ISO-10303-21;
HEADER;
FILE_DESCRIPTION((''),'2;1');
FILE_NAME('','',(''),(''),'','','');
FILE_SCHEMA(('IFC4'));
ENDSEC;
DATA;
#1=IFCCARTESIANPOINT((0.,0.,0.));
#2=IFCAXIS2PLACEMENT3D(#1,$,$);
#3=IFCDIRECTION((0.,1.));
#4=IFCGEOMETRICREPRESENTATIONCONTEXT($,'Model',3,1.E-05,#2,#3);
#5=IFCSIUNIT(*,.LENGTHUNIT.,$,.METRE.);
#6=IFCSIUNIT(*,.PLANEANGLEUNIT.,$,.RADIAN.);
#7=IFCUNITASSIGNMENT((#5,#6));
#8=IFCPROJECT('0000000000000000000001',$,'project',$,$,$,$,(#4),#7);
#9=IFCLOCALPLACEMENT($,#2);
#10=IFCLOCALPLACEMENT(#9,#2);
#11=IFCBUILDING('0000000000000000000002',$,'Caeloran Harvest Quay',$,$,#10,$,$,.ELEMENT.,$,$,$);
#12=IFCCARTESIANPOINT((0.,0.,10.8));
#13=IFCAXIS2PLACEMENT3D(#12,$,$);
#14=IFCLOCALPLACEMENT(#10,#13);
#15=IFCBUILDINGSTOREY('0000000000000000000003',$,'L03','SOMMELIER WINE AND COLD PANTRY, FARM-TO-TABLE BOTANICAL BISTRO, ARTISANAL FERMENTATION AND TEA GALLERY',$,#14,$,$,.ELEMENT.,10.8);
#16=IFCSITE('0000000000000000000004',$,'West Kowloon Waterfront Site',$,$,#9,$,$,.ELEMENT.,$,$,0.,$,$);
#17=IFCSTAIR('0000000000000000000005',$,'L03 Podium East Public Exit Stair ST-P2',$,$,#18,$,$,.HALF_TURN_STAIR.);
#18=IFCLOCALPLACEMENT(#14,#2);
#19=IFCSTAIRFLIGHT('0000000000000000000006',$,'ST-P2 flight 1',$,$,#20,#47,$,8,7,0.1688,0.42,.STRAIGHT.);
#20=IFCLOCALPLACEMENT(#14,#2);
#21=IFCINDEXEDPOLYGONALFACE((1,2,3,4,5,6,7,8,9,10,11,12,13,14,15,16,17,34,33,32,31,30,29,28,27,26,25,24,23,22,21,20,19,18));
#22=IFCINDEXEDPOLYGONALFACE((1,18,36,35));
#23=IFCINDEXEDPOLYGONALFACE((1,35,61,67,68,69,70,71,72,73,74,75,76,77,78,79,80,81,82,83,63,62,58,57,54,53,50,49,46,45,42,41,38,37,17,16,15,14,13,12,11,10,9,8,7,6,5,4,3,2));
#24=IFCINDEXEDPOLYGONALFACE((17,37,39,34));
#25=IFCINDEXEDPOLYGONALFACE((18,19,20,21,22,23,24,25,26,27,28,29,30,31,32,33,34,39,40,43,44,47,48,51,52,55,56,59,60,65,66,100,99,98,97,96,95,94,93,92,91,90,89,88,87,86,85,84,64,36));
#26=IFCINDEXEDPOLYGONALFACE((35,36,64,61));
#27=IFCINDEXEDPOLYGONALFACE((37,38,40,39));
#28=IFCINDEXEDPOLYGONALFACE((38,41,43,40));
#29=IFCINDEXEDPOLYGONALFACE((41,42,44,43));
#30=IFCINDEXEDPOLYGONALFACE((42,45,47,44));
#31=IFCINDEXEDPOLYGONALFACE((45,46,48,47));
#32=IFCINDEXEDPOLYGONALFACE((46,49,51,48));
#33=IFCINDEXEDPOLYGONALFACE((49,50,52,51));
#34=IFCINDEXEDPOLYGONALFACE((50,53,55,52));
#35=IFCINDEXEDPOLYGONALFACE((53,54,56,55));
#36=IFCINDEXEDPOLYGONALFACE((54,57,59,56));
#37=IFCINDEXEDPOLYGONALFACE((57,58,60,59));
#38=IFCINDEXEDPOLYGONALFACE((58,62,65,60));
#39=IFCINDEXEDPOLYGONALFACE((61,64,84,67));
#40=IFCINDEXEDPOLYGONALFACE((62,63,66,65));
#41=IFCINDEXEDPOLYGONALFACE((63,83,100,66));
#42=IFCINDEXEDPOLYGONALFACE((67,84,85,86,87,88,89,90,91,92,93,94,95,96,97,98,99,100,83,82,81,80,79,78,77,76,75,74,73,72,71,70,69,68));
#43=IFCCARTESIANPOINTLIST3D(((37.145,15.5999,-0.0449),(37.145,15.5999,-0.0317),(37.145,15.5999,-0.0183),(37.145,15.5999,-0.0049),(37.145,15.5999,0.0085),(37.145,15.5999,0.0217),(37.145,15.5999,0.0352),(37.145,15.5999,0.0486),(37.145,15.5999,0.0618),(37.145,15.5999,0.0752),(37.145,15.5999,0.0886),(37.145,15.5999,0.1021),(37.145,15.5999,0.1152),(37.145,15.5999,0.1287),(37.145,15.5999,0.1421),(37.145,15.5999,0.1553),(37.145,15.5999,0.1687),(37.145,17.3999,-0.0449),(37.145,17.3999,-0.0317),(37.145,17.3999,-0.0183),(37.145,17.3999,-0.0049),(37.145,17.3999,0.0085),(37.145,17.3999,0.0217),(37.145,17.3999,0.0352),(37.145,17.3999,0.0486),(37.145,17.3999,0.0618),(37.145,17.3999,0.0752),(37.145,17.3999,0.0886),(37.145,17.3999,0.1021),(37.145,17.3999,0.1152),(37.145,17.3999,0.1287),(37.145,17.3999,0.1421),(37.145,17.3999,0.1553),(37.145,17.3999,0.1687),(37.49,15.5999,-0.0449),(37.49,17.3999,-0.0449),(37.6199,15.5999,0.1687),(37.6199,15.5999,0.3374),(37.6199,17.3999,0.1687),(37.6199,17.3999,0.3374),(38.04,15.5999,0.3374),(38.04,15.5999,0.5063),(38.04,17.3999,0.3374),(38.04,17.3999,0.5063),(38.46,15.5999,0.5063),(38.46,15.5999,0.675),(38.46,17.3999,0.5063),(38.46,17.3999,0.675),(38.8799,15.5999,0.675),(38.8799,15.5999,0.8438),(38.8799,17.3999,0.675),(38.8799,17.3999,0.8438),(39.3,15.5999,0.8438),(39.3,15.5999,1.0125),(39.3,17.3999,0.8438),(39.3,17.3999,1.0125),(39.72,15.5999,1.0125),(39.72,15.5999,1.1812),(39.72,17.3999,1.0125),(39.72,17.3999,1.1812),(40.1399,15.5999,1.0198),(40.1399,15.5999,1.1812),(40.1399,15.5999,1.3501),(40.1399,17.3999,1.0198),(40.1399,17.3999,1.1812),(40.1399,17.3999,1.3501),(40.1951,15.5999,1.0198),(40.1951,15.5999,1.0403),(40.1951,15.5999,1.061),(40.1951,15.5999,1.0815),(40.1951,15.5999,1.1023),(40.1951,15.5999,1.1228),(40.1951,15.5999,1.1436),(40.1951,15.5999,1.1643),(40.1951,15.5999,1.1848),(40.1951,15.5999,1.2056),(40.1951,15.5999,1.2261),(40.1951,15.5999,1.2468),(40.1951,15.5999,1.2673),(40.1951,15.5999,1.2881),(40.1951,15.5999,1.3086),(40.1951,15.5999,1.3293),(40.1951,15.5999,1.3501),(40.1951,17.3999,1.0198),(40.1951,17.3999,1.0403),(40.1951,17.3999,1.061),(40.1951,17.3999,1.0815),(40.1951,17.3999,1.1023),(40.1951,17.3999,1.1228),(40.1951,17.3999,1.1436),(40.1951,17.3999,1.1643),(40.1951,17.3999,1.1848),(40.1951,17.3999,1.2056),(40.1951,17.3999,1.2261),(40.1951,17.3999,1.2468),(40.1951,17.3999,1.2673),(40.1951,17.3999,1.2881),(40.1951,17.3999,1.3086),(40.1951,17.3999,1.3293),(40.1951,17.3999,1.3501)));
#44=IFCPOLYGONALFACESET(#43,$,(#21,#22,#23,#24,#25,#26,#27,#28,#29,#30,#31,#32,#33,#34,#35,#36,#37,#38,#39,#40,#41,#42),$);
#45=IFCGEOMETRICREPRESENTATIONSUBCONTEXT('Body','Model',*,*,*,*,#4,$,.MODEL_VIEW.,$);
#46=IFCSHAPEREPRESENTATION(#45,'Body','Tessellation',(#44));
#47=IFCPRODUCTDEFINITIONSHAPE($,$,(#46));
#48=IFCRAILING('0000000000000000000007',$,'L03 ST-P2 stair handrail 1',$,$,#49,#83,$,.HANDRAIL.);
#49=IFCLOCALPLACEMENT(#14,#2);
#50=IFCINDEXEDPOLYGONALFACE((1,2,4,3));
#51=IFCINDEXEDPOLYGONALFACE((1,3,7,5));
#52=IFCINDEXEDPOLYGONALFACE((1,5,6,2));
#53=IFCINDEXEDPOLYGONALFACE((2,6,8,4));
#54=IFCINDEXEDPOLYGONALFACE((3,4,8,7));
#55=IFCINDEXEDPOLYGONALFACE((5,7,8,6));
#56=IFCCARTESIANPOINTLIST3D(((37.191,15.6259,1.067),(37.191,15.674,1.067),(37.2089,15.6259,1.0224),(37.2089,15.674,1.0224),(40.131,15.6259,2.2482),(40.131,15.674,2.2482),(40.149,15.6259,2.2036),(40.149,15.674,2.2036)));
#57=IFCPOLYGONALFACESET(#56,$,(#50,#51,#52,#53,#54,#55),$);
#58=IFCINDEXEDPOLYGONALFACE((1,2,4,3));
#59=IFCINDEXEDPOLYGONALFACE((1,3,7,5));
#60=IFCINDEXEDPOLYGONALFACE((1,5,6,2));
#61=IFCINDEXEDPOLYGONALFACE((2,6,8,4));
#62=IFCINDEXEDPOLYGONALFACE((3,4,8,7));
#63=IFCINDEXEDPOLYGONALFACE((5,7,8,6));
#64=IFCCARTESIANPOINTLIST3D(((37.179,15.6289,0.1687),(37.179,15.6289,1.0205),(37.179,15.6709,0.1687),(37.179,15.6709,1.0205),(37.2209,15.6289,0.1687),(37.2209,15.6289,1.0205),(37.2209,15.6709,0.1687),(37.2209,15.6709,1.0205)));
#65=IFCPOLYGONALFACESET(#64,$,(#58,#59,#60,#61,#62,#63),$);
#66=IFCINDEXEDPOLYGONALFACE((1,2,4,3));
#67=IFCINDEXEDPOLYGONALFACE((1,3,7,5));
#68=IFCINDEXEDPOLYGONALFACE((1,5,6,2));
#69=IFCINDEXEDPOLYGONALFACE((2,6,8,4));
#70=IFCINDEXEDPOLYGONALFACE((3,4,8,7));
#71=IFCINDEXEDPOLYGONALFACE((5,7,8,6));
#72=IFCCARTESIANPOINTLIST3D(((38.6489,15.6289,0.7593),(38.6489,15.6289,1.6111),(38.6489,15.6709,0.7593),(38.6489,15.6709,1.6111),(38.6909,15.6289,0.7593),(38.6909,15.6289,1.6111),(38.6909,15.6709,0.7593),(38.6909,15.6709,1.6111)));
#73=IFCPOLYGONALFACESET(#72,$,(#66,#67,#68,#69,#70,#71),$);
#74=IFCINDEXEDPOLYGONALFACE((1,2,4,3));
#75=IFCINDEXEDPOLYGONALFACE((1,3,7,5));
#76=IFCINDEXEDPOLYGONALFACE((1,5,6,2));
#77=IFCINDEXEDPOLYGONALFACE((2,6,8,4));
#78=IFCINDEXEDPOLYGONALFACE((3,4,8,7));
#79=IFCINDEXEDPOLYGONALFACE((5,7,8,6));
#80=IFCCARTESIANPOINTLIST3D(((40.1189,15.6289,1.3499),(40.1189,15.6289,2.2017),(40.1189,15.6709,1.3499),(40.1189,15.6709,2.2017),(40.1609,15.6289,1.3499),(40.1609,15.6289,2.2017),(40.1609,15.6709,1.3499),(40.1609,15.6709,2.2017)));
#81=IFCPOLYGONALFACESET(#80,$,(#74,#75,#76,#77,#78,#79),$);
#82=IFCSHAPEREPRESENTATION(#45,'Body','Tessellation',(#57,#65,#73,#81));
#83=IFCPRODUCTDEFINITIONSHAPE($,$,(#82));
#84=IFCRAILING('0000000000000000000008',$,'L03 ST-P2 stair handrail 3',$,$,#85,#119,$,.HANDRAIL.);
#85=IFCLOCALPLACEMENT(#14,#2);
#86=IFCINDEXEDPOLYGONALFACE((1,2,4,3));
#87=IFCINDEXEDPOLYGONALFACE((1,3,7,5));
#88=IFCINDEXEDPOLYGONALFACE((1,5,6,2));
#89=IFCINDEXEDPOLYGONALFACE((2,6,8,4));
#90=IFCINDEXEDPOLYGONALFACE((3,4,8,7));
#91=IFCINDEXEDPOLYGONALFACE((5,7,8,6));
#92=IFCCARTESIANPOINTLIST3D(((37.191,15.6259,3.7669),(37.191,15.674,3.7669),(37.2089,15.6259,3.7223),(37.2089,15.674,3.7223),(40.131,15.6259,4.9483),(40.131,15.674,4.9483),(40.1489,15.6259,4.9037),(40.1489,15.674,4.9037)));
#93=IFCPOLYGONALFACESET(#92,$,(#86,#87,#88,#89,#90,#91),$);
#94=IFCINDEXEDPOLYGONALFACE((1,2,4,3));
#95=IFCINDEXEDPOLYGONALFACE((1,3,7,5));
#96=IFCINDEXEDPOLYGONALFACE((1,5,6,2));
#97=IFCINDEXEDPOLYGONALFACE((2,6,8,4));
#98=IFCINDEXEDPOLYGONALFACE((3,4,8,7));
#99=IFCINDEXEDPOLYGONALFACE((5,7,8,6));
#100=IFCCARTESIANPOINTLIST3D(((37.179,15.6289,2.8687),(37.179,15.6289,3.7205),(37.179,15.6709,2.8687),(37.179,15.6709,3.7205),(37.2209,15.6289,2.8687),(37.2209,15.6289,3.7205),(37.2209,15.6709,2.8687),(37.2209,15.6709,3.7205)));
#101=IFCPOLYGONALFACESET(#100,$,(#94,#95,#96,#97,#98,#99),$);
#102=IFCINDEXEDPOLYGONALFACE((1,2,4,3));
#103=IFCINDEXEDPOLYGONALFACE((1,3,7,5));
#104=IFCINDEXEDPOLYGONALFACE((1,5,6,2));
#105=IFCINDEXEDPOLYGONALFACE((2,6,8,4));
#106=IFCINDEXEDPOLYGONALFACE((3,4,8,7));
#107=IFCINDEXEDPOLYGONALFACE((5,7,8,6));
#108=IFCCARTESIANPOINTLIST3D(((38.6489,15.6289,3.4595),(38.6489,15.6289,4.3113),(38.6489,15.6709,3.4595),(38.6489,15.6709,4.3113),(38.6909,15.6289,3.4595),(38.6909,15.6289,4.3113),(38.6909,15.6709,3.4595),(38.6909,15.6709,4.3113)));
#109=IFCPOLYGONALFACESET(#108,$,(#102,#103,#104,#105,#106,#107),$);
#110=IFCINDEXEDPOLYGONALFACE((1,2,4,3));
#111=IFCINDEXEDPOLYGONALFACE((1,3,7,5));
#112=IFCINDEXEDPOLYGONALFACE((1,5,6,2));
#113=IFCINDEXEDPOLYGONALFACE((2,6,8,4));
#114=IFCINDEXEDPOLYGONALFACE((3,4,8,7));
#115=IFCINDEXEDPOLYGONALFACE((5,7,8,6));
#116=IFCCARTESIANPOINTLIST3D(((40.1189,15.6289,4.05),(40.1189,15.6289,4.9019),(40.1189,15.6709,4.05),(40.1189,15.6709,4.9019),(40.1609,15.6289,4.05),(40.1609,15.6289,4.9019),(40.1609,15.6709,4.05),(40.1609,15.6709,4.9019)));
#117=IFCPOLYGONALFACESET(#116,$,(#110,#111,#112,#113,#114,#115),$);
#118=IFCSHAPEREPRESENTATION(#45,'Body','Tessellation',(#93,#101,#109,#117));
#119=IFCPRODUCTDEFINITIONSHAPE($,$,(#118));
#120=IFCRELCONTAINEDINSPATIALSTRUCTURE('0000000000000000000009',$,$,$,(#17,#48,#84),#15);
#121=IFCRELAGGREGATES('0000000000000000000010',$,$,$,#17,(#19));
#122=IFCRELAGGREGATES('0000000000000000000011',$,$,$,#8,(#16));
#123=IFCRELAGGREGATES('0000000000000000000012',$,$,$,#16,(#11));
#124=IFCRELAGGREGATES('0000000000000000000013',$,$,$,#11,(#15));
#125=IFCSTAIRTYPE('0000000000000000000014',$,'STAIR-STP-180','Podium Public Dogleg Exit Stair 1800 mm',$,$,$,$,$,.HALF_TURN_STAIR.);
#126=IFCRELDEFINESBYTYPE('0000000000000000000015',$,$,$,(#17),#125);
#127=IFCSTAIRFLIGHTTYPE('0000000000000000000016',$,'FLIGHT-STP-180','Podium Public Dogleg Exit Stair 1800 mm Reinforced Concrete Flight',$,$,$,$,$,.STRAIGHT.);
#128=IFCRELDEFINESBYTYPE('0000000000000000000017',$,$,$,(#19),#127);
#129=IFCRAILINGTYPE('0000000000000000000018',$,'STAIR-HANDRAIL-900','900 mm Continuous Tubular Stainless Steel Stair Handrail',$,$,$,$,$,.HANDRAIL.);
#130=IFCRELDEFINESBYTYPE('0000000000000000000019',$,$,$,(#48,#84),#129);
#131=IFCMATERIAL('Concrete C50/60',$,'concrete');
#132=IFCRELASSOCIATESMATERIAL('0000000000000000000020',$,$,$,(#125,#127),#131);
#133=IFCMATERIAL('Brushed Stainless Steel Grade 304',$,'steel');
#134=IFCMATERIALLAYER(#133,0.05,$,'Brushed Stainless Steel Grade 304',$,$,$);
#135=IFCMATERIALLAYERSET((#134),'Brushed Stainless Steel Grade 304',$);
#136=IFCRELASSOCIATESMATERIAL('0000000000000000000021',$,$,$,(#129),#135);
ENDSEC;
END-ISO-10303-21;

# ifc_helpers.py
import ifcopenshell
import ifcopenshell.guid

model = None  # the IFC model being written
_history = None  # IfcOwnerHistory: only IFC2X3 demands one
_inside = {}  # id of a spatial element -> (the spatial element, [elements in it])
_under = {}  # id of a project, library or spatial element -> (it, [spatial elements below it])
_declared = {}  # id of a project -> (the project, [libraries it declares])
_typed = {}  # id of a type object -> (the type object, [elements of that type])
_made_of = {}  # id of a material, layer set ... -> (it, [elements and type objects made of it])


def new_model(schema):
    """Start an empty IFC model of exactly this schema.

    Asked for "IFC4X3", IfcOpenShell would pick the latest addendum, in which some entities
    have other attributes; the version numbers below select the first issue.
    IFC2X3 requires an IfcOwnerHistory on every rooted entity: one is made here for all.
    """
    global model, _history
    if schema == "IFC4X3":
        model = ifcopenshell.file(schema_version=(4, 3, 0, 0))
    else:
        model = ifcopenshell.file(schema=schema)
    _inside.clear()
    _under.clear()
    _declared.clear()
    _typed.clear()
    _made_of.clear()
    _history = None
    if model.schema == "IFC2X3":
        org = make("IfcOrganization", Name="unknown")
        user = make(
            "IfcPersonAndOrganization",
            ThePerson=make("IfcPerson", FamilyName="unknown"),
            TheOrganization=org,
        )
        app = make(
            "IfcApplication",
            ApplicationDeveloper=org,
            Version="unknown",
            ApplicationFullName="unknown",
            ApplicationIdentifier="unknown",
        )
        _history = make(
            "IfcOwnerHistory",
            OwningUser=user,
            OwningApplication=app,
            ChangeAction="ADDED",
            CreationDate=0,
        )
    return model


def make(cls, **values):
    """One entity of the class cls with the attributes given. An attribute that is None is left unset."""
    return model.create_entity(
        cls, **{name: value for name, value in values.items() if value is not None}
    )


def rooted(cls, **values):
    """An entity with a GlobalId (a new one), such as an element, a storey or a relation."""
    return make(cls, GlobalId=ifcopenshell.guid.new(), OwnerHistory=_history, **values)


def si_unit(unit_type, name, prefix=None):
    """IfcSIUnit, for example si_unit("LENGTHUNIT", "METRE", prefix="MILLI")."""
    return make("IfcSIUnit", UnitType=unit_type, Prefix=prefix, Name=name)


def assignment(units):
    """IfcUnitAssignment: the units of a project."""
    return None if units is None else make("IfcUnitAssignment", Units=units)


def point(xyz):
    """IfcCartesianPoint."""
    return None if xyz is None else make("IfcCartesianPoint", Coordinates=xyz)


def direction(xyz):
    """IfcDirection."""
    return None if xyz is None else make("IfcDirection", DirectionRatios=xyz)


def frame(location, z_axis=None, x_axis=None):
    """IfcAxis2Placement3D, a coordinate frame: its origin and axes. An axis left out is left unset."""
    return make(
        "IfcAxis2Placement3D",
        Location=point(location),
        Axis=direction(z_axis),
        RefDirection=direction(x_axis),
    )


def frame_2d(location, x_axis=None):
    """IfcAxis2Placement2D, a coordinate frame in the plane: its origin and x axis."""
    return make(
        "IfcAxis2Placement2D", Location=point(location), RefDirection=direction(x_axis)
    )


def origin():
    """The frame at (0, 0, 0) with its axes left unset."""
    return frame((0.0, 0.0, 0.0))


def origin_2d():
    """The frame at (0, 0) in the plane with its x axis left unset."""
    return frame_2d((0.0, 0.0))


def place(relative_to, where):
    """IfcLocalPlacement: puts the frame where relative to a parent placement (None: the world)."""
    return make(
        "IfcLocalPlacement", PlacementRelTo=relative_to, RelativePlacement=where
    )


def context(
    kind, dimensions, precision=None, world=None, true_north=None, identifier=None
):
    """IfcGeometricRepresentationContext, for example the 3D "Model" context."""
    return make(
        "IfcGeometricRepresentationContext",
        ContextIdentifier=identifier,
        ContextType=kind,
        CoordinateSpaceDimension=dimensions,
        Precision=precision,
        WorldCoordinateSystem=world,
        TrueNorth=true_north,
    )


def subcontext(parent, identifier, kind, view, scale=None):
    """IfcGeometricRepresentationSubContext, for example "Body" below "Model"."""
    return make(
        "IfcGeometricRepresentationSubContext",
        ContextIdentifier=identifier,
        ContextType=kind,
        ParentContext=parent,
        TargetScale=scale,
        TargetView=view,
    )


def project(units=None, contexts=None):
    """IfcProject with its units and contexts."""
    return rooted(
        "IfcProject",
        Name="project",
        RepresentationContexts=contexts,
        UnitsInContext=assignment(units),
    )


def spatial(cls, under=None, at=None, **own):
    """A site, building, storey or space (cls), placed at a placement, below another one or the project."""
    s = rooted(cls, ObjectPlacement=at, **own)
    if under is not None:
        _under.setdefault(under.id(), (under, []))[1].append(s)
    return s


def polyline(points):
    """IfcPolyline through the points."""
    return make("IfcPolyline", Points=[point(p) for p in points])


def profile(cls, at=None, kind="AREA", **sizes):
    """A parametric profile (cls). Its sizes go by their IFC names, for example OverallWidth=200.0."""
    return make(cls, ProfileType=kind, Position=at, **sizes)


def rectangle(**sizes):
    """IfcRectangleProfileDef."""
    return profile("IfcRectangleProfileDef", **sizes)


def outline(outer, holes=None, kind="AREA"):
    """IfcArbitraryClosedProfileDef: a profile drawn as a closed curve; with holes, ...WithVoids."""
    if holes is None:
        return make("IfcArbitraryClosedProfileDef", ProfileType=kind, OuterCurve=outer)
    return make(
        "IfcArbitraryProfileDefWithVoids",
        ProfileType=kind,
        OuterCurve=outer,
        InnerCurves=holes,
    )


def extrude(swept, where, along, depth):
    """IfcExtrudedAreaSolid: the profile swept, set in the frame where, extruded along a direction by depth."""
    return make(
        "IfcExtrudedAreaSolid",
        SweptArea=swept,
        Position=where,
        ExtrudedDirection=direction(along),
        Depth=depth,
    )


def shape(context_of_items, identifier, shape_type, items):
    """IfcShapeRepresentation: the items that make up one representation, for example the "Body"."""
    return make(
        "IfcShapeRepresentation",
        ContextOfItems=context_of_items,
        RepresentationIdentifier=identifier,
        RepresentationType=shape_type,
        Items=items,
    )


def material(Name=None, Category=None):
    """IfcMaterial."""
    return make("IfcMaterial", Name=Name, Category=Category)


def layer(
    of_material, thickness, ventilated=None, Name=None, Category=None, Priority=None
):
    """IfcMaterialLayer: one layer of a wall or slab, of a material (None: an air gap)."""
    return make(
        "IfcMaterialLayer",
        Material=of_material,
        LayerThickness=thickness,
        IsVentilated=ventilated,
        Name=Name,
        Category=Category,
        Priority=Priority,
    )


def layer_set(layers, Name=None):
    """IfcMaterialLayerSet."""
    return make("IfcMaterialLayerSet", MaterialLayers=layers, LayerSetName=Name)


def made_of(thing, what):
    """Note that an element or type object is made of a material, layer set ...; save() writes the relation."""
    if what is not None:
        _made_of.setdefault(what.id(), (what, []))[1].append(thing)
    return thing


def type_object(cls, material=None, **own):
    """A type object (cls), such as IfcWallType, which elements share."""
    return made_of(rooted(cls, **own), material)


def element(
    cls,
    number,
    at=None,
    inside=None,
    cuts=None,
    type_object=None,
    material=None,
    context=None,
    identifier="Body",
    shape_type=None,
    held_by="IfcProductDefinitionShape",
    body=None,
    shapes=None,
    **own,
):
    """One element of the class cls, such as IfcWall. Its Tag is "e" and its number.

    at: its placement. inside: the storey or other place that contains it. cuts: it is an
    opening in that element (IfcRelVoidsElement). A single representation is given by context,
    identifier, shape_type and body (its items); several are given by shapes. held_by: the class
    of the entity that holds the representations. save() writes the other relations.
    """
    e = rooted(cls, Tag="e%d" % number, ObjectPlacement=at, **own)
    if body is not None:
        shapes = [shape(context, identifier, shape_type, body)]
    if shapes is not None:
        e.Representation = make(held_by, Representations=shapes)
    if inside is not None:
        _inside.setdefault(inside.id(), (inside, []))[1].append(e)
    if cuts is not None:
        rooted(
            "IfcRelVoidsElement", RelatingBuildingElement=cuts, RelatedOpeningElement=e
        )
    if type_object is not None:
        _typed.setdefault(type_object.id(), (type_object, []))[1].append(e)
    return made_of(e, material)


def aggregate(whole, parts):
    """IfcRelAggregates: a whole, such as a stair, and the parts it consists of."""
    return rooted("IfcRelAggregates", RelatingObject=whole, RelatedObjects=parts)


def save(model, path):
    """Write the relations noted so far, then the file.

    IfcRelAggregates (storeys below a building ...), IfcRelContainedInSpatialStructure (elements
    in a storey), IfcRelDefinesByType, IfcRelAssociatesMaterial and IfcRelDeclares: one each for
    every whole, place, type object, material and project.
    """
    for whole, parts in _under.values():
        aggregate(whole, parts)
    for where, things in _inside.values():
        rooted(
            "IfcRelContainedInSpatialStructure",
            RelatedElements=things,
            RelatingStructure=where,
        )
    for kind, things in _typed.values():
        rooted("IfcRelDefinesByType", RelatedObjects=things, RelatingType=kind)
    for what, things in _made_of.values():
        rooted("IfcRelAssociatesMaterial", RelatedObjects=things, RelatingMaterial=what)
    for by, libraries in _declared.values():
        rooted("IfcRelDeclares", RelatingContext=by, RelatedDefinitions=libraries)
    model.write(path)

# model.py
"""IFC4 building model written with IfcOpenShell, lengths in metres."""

from ifc_helpers import new_model, si_unit, direction, frame, origin, origin_2d, place, context, subcontext, project, spatial, polyline, rectangle, outline, extrude, material, layer, layer_set, type_object, element, aggregate, save


model = new_model("IFC4")

# Units and contexts
model_context = context("Model", 3, precision=1e-05, world=origin(), true_north=direction((0.0, 1.0)))
body_context = subcontext(model_context, "Body", "Model", "MODEL_VIEW")
ifc_project = project(units=[si_unit("LENGTHUNIT", "METRE"), si_unit("PLANEANGLEUNIT", "RADIAN")], contexts=[model_context])

# Site, building, storey
site_placement = place(None, origin())
site = spatial("IfcSite", under=ifc_project, at=site_placement, Name="West Kowloon Waterfront Site", CompositionType="ELEMENT", RefElevation=0.0)
building_placement = place(site_placement, origin())
building = spatial("IfcBuilding", under=site, at=building_placement, Name="Caeloran Harvest Quay", CompositionType="ELEMENT")
storey_placement = place(building_placement, frame((0.0, 0.0, 10.8)))
storey = spatial("IfcBuildingStorey", under=building, at=storey_placement, Name="L03", Description="SOMMELIER WINE AND COLD PANTRY, FARM-TO-TABLE BOTANICAL BISTRO, ARTISANAL FERMENTATION AND TEA GALLERY", CompositionType="ELEMENT", Elevation=10.8)

# Stair, stair flight
ifc_material_1 = material(Name="Concrete C50/60", Category="concrete")
stair_type = type_object("IfcStairType", Name="STAIR-STP-180", Description="Podium Public Dogleg Exit Stair 1800 mm", PredefinedType="HALF_TURN_STAIR", material=ifc_material_1)
stair_placement = place(storey_placement, origin())
stair = element("IfcStair", 1, at=stair_placement, inside=storey, type_object=stair_type, Name="L03 Podium East Public Exit Stair ST-P2", PredefinedType="HALF_TURN_STAIR")
stair_flight_type = type_object("IfcStairFlightType", Name="FLIGHT-STP-180", Description="Podium Public Dogleg Exit Stair 1800 mm Reinforced Concrete Flight", PredefinedType="STRAIGHT", material=ifc_material_1)
stair_flight_placement = place(storey_placement, frame((37.2, 16.5, 0.0), z_axis=(0.0, 0.0, 1.0), x_axis=(1.0, 0.0, 0.0)))
stair_flight = element("IfcStairFlight", 2, at=stair_flight_placement, type_object=stair_flight_type, Name="ST-P2 flight 1", NumberOfRisers=8, NumberOfTreads=7, PredefinedType="STRAIGHT", RiserHeight=0.1688, TreadLength=0.42, context=body_context, shape_type="SweptSolid", body=[
    extrude(outline(polyline([(-0.0549, -0.0449), (-0.0549, -0.0317), (-0.0549, -0.0183), (-0.0549, -0.0049), (-0.0549, 0.0085), (-0.0549, 0.0217), (-0.0549, 0.0352), (-0.0549, 0.0486), (-0.0549, 0.0618), (-0.0549, 0.0752), (-0.0549, 0.0886), (-0.0549, 0.1021), (-0.0549, 0.1152), (-0.0549, 0.1287), (-0.0549, 0.1421), (-0.0549, 0.1553), (-0.0549, 0.1687), (0.4199, 0.1687), (0.4199, 0.3374), (0.8401, 0.3374), (0.8401, 0.5063), (1.26, 0.5063), (1.26, 0.675), (1.6799, 0.675), (1.6799, 0.8438), (2.1001, 0.8438), (2.1001, 1.0125), (2.52, 1.0125), (2.52, 1.1812), (2.9399, 1.1812), (2.9399, 1.3501), (2.9951, 1.3501), (2.9951, 1.3293), (2.9951, 1.3086), (2.9951, 1.2881), (2.9951, 1.2673), (2.9951, 1.2468), (2.9951, 1.2261), (2.9951, 1.2056), (2.9951, 1.1848), (2.9951, 1.1643), (2.9951, 1.1436), (2.9951, 1.1228), (2.9951, 1.1023), (2.9951, 1.0815), (2.9951, 1.061), (2.9951, 1.0403), (2.9951, 1.0198), (2.9399, 1.0198), (0.29, -0.0449), (-0.0549, -0.0449)])), frame((0.0, 0.8999, 0.0), z_axis=(0.0, -1.0, 0.0), x_axis=(1.0, 0.0, 0.0)), (0.0, 0.0, 1.0), 1.8),
])
aggregate(stair, [stair_flight])

# Railings
ifc_material_2 = material(Name="Brushed Stainless Steel Grade 304", Category="steel")
ifc_layer_1 = layer(ifc_material_2, 0.05, Name="Brushed Stainless Steel Grade 304")
ifc_layer_set_1 = layer_set([ifc_layer_1], Name="Brushed Stainless Steel Grade 304")
railing_type = type_object("IfcRailingType", Name="STAIR-HANDRAIL-900", Description="900 mm Continuous Tubular Stainless Steel Stair Handrail", PredefinedType="HANDRAIL", material=ifc_layer_set_1)
railing_1_placement = place(storey_placement, frame((37.2, 15.6499, 0.1687)))
element("IfcRailing", 3, at=railing_1_placement, inside=storey, type_object=railing_type, Name="L03 ST-P2 stair handrail 1", PredefinedType="HANDRAIL", context=body_context, shape_type="SweptSolid", body=[
    extrude(rectangle(XDim=0.0481, YDim=0.0481, at=origin_2d()), frame((0.0, 0.0, 0.876), z_axis=(0.927912, 0.0, 0.372799), x_axis=(0.0, 1.0, 0.0)), (0.0, 0.0, 1.0), 3.1685),
    extrude(rectangle(XDim=0.042, YDim=0.042, at=origin_2d()), origin(), (0.0, 0.0, 1.0), 0.8518),
    extrude(rectangle(XDim=0.042, YDim=0.042, at=origin_2d()), frame((1.47, 0.0, 0.5906)), (0.0, 0.0, 1.0), 0.8518),
    extrude(rectangle(XDim=0.042, YDim=0.042, at=origin_2d()), frame((2.9399, 0.0, 1.1812)), (0.0, 0.0, 1.0), 0.8518),
])
railing_2_placement = place(storey_placement, frame((37.2, 15.6499, 2.8687)))
element("IfcRailing", 4, at=railing_2_placement, inside=storey, type_object=railing_type, Name="L03 ST-P2 stair handrail 3", PredefinedType="HANDRAIL", context=body_context, shape_type="SweptSolid", body=[
    extrude(rectangle(XDim=0.0481, YDim=0.0481, at=origin_2d()), frame((0.0, 0.0, 0.876), z_axis=(0.927886, 0.0, 0.372865), x_axis=(0.0, 1.0, 0.0)), (0.0, 0.0, 1.0), 3.1685),
    extrude(rectangle(XDim=0.042, YDim=0.042, at=origin_2d()), origin(), (0.0, 0.0, 1.0), 0.8518),
    extrude(rectangle(XDim=0.042, YDim=0.042, at=origin_2d()), frame((1.47, 0.0, 0.5908)), (0.0, 0.0, 1.0), 0.8518),
    extrude(rectangle(XDim=0.042, YDim=0.042, at=origin_2d()), frame((2.9399, 0.0, 1.1814)), (0.0, 0.0, 1.0), 0.8518),
])

save(model, "model.ifc")
